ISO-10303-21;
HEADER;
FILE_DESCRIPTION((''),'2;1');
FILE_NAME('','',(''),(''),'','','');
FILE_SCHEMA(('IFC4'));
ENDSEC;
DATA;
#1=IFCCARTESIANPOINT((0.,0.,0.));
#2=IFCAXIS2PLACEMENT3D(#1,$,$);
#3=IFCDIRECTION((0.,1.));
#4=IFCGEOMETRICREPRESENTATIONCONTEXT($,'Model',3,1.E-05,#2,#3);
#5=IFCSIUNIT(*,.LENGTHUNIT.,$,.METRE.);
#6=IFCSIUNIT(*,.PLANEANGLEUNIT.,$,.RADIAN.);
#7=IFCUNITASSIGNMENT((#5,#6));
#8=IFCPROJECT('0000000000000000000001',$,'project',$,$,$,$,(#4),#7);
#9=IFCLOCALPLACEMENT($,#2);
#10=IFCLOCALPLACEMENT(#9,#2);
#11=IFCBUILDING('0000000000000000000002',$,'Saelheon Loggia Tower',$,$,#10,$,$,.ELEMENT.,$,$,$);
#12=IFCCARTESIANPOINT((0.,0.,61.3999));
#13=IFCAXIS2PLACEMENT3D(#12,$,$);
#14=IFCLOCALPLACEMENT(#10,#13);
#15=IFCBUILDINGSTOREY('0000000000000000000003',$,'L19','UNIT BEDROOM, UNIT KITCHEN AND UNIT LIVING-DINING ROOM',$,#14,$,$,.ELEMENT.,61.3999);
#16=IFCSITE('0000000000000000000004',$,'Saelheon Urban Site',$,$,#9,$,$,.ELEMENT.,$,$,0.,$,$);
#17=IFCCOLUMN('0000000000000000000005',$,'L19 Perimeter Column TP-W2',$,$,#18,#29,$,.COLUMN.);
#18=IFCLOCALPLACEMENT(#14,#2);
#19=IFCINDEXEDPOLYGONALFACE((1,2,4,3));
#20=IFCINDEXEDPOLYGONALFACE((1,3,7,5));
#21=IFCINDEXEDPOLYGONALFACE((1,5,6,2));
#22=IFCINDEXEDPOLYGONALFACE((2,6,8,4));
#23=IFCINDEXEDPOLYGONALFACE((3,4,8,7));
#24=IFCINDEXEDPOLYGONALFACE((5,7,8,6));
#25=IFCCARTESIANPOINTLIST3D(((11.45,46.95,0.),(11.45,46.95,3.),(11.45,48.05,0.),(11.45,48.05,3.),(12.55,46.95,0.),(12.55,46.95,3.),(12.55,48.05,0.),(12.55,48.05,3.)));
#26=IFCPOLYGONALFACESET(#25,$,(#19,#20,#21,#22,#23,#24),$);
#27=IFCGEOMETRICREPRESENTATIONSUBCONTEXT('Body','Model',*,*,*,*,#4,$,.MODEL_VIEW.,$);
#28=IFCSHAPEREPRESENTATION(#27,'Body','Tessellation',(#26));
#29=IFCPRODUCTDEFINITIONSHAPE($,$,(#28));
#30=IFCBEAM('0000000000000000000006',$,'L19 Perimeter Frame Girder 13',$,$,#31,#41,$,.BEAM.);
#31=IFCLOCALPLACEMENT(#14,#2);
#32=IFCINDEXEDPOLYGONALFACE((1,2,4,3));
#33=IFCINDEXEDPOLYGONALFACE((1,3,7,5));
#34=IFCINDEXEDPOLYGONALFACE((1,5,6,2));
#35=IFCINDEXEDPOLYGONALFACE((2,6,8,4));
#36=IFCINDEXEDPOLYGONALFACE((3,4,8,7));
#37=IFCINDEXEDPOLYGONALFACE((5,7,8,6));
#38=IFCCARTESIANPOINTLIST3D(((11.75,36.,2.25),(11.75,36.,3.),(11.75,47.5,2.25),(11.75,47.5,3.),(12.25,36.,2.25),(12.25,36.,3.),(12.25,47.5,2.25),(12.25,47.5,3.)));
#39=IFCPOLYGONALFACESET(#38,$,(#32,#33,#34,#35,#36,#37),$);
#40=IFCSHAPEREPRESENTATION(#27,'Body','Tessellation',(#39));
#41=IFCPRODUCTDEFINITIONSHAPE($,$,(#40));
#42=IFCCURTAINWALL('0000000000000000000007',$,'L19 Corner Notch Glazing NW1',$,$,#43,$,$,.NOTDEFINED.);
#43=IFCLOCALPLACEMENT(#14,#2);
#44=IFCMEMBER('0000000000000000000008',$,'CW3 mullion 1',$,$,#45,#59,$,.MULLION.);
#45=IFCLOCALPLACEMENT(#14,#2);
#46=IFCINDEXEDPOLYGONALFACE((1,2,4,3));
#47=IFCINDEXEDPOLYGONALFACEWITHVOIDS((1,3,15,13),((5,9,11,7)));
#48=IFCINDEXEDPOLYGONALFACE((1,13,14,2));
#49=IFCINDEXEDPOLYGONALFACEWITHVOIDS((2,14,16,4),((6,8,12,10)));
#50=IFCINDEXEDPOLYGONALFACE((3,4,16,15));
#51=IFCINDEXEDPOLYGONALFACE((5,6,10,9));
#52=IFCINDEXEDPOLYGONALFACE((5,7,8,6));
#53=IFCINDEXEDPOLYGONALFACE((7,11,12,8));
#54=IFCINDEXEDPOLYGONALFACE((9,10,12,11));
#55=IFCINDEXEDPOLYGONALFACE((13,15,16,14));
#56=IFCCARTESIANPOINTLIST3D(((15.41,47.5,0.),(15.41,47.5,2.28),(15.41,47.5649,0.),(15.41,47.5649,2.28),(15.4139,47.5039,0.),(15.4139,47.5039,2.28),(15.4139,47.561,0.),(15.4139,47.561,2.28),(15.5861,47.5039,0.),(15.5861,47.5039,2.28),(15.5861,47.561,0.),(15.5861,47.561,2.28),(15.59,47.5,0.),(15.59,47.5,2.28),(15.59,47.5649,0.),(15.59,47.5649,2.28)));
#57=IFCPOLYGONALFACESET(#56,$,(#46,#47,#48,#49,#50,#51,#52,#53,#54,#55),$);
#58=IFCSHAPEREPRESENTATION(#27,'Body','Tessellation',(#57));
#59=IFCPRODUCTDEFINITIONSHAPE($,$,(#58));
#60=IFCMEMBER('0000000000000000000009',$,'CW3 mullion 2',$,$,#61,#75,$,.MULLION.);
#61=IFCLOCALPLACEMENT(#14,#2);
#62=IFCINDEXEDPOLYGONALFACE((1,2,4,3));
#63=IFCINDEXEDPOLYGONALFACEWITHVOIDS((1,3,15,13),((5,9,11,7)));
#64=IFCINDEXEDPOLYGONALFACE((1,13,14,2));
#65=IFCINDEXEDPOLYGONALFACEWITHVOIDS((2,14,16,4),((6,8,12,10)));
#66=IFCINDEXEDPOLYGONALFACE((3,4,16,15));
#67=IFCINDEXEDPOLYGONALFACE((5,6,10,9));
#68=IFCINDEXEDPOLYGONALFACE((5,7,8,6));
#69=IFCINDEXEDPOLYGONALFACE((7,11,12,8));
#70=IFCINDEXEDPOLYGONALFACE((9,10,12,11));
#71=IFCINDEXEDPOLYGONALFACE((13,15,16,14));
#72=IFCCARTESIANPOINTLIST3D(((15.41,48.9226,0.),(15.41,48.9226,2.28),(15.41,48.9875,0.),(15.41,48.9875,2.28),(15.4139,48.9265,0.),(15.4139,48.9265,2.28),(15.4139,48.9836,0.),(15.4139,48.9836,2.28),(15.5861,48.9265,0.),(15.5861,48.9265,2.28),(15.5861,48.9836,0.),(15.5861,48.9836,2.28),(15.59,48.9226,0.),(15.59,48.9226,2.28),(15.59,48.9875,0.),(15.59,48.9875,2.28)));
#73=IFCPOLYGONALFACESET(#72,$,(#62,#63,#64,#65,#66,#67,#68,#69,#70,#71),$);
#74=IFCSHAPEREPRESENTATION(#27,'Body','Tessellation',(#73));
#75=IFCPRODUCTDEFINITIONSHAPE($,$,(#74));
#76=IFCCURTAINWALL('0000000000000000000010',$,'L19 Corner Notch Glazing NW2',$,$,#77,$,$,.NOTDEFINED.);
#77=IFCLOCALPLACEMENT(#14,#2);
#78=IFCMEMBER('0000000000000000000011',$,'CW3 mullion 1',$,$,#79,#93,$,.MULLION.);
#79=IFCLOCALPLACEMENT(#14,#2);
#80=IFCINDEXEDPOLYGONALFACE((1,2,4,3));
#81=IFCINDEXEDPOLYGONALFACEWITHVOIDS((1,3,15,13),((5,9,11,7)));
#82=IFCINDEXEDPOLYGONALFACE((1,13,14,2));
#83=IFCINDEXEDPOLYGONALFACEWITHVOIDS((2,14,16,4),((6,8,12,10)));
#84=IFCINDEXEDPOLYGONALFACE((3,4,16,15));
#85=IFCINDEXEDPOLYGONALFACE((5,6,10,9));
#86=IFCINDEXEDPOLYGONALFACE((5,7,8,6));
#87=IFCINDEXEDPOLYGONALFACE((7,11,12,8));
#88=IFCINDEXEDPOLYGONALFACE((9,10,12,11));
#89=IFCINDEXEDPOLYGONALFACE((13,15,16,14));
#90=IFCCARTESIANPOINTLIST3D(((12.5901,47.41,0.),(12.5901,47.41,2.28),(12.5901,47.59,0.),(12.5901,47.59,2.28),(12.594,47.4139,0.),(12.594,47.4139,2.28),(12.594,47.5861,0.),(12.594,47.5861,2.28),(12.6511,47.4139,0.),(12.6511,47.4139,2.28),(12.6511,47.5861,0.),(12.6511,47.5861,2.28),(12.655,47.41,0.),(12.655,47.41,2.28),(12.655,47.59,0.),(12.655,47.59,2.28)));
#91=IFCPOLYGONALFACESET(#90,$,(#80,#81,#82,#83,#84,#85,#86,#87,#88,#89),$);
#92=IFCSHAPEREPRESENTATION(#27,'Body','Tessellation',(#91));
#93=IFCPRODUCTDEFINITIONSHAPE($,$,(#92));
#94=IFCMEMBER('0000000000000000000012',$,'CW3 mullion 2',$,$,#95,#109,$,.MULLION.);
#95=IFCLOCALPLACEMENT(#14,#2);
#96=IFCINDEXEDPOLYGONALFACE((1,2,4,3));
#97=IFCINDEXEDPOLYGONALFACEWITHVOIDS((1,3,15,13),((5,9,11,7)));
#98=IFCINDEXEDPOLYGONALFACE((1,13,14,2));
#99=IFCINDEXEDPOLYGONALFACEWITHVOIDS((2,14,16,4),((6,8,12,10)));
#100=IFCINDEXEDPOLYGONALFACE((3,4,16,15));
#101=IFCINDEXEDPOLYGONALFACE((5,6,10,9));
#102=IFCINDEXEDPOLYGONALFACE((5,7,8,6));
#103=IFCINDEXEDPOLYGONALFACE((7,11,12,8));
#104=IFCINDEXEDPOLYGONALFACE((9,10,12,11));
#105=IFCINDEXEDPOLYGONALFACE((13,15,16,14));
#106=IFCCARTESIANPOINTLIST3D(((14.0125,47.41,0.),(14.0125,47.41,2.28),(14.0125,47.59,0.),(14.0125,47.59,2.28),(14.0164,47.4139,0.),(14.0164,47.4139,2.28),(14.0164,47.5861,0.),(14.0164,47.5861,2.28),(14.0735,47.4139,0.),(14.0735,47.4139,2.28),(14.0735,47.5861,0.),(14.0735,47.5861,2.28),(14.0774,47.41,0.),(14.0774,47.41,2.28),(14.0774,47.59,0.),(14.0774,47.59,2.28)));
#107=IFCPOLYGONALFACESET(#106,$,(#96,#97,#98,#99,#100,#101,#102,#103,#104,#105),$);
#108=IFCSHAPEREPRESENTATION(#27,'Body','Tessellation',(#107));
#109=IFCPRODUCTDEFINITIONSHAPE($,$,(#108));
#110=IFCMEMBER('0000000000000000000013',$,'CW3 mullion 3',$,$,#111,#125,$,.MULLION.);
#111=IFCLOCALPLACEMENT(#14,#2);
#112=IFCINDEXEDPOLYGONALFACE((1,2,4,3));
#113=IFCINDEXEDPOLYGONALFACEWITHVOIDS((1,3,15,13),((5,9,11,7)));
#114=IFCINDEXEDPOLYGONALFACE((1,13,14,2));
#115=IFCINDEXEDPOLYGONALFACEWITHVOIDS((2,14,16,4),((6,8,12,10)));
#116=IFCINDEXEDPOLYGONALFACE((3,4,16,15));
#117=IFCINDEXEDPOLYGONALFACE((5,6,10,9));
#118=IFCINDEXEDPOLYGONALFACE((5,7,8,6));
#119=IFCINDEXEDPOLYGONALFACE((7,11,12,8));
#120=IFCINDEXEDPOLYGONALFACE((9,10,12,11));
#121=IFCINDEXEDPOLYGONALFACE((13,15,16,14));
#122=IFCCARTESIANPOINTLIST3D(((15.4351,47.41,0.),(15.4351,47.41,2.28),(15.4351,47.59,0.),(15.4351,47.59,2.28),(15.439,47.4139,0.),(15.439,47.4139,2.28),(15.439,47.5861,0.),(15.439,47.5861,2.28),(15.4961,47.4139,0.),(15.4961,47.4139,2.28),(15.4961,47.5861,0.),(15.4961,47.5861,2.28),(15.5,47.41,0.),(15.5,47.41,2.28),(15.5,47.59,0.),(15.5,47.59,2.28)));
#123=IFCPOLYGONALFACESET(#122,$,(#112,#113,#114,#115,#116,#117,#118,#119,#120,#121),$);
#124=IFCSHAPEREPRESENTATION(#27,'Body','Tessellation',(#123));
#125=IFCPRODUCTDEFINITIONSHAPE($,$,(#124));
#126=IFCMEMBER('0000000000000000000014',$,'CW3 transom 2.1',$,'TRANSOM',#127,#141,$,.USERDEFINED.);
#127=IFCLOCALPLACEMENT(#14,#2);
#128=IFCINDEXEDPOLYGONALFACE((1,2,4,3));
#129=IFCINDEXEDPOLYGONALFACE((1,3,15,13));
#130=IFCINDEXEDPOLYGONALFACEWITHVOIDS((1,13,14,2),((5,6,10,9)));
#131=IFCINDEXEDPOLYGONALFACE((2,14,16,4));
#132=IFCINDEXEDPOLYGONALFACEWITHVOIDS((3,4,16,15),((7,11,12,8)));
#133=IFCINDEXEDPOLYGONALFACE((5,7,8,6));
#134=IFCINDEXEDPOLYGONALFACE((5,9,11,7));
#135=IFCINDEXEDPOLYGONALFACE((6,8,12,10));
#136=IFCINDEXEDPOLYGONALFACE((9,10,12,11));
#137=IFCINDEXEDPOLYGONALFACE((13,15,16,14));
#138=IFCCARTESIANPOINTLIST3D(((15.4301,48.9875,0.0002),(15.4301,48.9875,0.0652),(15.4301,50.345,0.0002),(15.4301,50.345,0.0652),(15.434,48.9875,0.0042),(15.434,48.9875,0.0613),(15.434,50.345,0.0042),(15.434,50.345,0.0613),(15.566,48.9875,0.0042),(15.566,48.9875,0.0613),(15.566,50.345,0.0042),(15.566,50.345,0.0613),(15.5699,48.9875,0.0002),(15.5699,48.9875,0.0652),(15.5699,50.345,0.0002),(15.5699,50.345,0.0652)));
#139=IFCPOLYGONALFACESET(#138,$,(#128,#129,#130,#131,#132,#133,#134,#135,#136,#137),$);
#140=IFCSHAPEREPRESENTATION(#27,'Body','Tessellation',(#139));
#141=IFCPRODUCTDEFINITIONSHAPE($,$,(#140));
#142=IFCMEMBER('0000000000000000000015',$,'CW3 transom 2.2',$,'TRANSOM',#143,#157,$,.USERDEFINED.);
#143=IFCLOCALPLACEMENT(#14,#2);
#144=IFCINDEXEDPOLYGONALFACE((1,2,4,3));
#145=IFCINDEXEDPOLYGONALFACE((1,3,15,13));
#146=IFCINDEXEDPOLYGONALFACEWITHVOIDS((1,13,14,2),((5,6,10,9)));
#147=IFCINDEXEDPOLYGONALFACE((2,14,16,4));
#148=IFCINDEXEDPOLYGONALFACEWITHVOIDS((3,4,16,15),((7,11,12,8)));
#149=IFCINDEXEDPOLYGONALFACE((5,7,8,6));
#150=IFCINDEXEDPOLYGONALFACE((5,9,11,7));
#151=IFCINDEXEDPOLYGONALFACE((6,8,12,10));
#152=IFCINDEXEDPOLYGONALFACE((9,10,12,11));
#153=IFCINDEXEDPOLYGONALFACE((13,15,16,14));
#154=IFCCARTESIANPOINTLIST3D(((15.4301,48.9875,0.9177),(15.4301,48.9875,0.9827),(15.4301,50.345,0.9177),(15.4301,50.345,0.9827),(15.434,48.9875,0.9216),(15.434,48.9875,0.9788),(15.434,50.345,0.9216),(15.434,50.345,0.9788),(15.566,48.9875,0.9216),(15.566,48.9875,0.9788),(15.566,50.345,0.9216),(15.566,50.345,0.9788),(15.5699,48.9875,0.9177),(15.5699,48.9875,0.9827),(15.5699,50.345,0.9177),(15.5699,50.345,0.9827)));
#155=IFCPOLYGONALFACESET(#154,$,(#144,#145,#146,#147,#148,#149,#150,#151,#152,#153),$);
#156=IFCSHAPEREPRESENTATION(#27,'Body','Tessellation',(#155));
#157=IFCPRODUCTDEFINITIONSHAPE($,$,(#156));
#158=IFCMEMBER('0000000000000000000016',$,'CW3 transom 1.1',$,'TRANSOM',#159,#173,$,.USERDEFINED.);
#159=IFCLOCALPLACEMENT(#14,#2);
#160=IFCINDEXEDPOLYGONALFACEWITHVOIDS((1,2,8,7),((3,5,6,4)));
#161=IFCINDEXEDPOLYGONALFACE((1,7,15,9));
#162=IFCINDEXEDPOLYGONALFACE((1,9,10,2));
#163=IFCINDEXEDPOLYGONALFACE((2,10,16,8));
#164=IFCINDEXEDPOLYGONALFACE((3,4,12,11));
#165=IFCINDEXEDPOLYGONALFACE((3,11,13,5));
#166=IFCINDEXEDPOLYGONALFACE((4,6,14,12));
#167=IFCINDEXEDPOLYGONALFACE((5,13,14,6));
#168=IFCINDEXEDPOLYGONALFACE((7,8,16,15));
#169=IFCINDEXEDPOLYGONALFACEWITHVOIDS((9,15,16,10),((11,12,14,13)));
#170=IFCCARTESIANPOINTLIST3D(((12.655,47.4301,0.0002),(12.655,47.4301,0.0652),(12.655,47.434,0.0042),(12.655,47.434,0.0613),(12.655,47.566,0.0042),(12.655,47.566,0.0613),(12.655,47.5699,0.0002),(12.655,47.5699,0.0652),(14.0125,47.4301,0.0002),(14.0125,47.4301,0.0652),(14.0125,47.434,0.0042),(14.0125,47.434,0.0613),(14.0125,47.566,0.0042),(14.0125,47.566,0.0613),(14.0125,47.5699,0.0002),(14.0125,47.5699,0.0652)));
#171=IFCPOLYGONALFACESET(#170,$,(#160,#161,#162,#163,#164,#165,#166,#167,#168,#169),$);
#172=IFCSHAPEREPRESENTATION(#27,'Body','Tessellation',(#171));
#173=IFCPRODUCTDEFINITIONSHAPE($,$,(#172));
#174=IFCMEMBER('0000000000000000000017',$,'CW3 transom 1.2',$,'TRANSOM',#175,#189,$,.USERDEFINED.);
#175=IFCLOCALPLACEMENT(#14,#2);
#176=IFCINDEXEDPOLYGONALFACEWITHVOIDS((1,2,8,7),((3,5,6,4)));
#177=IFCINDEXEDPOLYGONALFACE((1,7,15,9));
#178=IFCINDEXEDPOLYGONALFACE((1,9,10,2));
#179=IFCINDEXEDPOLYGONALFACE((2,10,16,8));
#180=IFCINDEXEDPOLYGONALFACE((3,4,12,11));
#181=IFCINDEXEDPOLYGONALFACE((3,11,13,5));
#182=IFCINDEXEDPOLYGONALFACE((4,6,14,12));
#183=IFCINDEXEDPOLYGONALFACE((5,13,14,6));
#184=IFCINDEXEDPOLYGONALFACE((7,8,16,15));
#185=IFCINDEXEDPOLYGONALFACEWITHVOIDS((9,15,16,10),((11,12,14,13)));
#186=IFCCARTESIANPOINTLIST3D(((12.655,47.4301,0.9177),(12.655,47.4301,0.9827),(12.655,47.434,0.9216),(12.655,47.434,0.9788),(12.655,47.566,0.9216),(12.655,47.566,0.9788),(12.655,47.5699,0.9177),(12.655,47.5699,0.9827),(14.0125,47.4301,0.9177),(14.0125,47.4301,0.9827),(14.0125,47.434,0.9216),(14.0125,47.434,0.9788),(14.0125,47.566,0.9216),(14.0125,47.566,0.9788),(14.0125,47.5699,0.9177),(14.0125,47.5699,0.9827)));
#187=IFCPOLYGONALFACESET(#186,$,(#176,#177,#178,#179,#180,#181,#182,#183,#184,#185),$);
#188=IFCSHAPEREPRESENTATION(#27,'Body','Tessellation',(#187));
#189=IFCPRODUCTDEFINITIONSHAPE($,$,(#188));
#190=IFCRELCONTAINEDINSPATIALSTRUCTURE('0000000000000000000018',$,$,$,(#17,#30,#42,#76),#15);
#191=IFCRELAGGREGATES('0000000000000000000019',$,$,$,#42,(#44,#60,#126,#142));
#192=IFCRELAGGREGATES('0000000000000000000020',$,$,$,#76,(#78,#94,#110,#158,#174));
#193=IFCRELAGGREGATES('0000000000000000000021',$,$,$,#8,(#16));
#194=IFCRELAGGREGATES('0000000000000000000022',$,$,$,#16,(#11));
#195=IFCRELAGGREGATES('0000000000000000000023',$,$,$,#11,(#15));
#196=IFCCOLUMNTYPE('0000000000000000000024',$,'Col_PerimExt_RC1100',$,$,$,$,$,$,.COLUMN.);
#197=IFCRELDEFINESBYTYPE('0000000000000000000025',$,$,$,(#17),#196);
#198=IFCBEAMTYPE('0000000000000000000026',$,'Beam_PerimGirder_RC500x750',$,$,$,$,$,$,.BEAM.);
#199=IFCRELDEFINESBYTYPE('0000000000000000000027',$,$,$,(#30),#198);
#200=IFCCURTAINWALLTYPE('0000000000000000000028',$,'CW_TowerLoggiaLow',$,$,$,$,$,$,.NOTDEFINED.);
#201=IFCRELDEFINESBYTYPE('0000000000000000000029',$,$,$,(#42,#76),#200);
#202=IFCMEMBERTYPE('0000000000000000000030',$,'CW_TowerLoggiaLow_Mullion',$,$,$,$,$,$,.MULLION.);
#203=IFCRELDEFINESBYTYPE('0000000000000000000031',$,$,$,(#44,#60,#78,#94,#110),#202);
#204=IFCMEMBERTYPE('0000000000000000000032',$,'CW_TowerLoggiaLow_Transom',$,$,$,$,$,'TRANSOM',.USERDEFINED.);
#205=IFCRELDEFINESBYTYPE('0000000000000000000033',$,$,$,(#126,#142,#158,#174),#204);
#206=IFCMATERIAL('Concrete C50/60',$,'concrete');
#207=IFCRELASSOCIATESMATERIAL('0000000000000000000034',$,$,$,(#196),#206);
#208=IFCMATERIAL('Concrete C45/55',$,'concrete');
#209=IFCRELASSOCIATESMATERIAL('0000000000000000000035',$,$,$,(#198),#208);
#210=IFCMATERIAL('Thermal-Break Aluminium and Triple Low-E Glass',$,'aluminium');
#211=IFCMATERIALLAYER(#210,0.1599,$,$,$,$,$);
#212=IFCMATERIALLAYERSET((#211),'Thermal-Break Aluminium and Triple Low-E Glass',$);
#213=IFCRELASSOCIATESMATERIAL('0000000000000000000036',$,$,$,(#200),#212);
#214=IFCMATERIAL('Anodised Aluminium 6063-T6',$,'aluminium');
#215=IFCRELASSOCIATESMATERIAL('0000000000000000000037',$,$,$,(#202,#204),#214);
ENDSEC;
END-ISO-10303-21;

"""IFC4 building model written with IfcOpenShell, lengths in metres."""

from ifc_helpers import new_model, si_unit, direction, frame, origin, origin_2d, place, context, subcontext, project, spatial, rectangle, hollow_rectangle, extrude, source, transform, mapped, material, layer, layer_set, material_profile, profile_set, type_object, element, aggregate, save


model = new_model("IFC4")

# Units and contexts
model_context = context("Model", 3, precision=1e-05, world=origin(), true_north=direction((0.0, 1.0)))
body_context = subcontext(model_context, "Body", "Model", "MODEL_VIEW")
ifc_project = project(units=[si_unit("LENGTHUNIT", "METRE"), si_unit("PLANEANGLEUNIT", "RADIAN")], contexts=[model_context])

# Site, building, storey
site_placement = place(None, origin())
site = spatial("IfcSite", under=ifc_project, at=site_placement, Name="Saelheon Urban Site", CompositionType="ELEMENT", RefElevation=0.0)
building_placement = place(site_placement, origin())
building = spatial("IfcBuilding", under=site, at=building_placement, Name="Saelheon Loggia Tower", CompositionType="ELEMENT")
storey_placement = place(building_placement, frame((0.0, 0.0, 61.3999)))
storey = spatial("IfcBuildingStorey", under=building, at=storey_placement, Name="L19", Description="UNIT BEDROOM, UNIT KITCHEN AND UNIT LIVING-DINING ROOM", CompositionType="ELEMENT", Elevation=61.3999)

# Column
ifc_material_1 = material(Name="Concrete C50/60", Category="concrete")
ifc_material_profile_1 = material_profile(ifc_material_1, rectangle(XDim=1.1001, YDim=1.1001, at=origin_2d()), Name="RC-1100x1100")
ifc_profile_set_1 = profile_set([ifc_material_profile_1], Name="Concrete C50/60")
column_type = type_object("IfcColumnType", Name="Col_PerimExt_RC1100", PredefinedType="COLUMN", material=ifc_profile_set_1)
shared_shape_1 = source(origin(), body_context, "Body", "SweptSolid", [
    extrude(rectangle(XDim=1.1001, YDim=1.1001, at=origin_2d()), origin(), (0.0, 0.0, 1.0), 3.0),
])
column_placement = place(storey_placement, frame((12.0, 47.5, 0.0), z_axis=(0.0, 0.0, 1.0), x_axis=(1.0, 0.0, 0.0)))
element("IfcColumn", 1, at=column_placement, inside=storey, type_object=column_type, Name="L19 Perimeter Column TP-W2", PredefinedType="COLUMN", context=body_context, shape_type="MappedRepresentation", body=[
    mapped(shared_shape_1, transform((0.0, 0.0, 0.0), scale=1.0)),
])

# Beam
ifc_material_2 = material(Name="Concrete C45/55", Category="concrete")
ifc_material_profile_2 = material_profile(ifc_material_2, rectangle(XDim=0.5, YDim=0.75, at=origin_2d()), Name="RC-500x750")
ifc_profile_set_2 = profile_set([ifc_material_profile_2], Name="Concrete C45/55")
beam_type = type_object("IfcBeamType", Name="Beam_PerimGirder_RC500x750", PredefinedType="BEAM", material=ifc_profile_set_2)
shared_shape_2 = source(origin(), body_context, "Body", "SweptSolid", [
    extrude(rectangle(XDim=0.5, YDim=0.75, at=origin_2d()), origin(), (0.0, 0.0, 1.0), 11.5),
])
beam_placement = place(storey_placement, frame((12.0, 47.5, 2.625), z_axis=(0.0, -1.0, 0.0), x_axis=(1.0, 0.0, 0.0)))
element("IfcBeam", 2, at=beam_placement, inside=storey, type_object=beam_type, Name="L19 Perimeter Frame Girder 13", PredefinedType="BEAM", context=body_context, shape_type="MappedRepresentation", body=[
    mapped(shared_shape_2, transform((0.0, 0.0, 0.0), scale=1.0)),
])

# Curtain walls, members
ifc_material_3 = material(Name="Thermal-Break Aluminium and Triple Low-E Glass", Category="aluminium")
ifc_layer_1 = layer(ifc_material_3, 0.1599)
ifc_layer_set_1 = layer_set([ifc_layer_1], Name="Thermal-Break Aluminium and Triple Low-E Glass")
curtain_wall_type = type_object("IfcCurtainWallType", Name="CW_TowerLoggiaLow", PredefinedType="NOTDEFINED", material=ifc_layer_set_1)
curtain_wall_1_placement = place(storey_placement, origin())
curtain_wall_1 = element("IfcCurtainWall", 3, at=curtain_wall_1_placement, inside=storey, type_object=curtain_wall_type, Name="L19 Corner Notch Glazing NW1", PredefinedType="NOTDEFINED")
ifc_material_4 = material(Name="Anodised Aluminium 6063-T6", Category="aluminium")
ifc_material_profile_3 = material_profile(ifc_material_4, hollow_rectangle(XDim=0.0649, YDim=0.1799, WallThickness=0.0039, at=origin_2d()), Name="RHS-180x65x4")
ifc_profile_set_3 = profile_set([ifc_material_profile_3], Name="Anodised Aluminium 6063-T6")
member_type_1 = type_object("IfcMemberType", Name="CW_TowerLoggiaLow_Mullion", PredefinedType="MULLION", material=ifc_profile_set_3)
shared_shape_3 = source(origin(), body_context, "Body", "SweptSolid", [
    extrude(hollow_rectangle(XDim=0.0649, YDim=0.1799, WallThickness=0.0039, at=origin_2d()), origin(), (0.0, 0.0, 1.0), 2.28),
])
member_1_placement = place(storey_placement, frame((15.5, 47.5325, 0.0), z_axis=(0.0, 0.0, 1.0), x_axis=(0.0, 1.0, 0.0)))
member_1 = element("IfcMember", 4, at=member_1_placement, type_object=member_type_1, Name="CW3 mullion 1", PredefinedType="MULLION", context=body_context, shape_type="MappedRepresentation", body=[
    mapped(shared_shape_3, transform((0.0, 0.0, 0.0), scale=1.0)),
])
member_2_placement = place(storey_placement, frame((15.5, 48.9551, 0.0), z_axis=(0.0, 0.0, 1.0), x_axis=(0.0, 1.0, 0.0)))
member_2 = element("IfcMember", 5, at=member_2_placement, type_object=member_type_1, Name="CW3 mullion 2", PredefinedType="MULLION", context=body_context, shape_type="MappedRepresentation", body=[
    mapped(shared_shape_3, transform((0.0, 0.0, 0.0), scale=1.0)),
])
curtain_wall_2_placement = place(storey_placement, origin())
curtain_wall_2 = element("IfcCurtainWall", 6, at=curtain_wall_2_placement, inside=storey, type_object=curtain_wall_type, Name="L19 Corner Notch Glazing NW2", PredefinedType="NOTDEFINED")
member_3_placement = place(storey_placement, frame((12.6226, 47.5, 0.0), z_axis=(0.0, 0.0, 1.0), x_axis=(1.0, 0.0, 0.0)))
member_3 = element("IfcMember", 7, at=member_3_placement, type_object=member_type_1, Name="CW3 mullion 1", PredefinedType="MULLION", context=body_context, shape_type="MappedRepresentation", body=[
    mapped(shared_shape_3, transform((0.0, 0.0, 0.0), scale=1.0)),
])
member_4_placement = place(storey_placement, frame((14.0449, 47.5, 0.0), z_axis=(0.0, 0.0, 1.0), x_axis=(1.0, 0.0, 0.0)))
member_4 = element("IfcMember", 8, at=member_4_placement, type_object=member_type_1, Name="CW3 mullion 2", PredefinedType="MULLION", context=body_context, shape_type="MappedRepresentation", body=[
    mapped(shared_shape_3, transform((0.0, 0.0, 0.0), scale=1.0)),
])
member_5_placement = place(storey_placement, frame((15.4675, 47.5, 0.0), z_axis=(0.0, 0.0, 1.0), x_axis=(1.0, 0.0, 0.0)))
member_5 = element("IfcMember", 9, at=member_5_placement, type_object=member_type_1, Name="CW3 mullion 3", PredefinedType="MULLION", context=body_context, shape_type="MappedRepresentation", body=[
    mapped(shared_shape_3, transform((0.0, 0.0, 0.0), scale=1.0)),
])

# Members
ifc_material_profile_4 = material_profile(ifc_material_4, hollow_rectangle(XDim=0.0649, YDim=0.1399, WallThickness=0.0039, at=origin_2d()), Name="RHS-140x65x4")
ifc_profile_set_4 = profile_set([ifc_material_profile_4], Name="Anodised Aluminium 6063-T6")
member_type_2 = type_object("IfcMemberType", Name="CW_TowerLoggiaLow_Transom", ElementType="TRANSOM", PredefinedType="USERDEFINED", material=ifc_profile_set_4)
shared_shape_4 = source(origin(), body_context, "Body", "SweptSolid", [
    extrude(hollow_rectangle(XDim=0.0649, YDim=0.1399, WallThickness=0.0039, at=origin_2d()), origin(), (0.0, 0.0, 1.0), 1.3574),
])
member_6_placement = place(storey_placement, frame((15.5, 48.9875, 0.0327), z_axis=(0.0, 1.0, 0.0), x_axis=(0.0, 0.0, 1.0)))
member_6 = element("IfcMember", 10, at=member_6_placement, type_object=member_type_2, Name="CW3 transom 2.1", ObjectType="TRANSOM", PredefinedType="USERDEFINED", context=body_context, shape_type="MappedRepresentation", body=[
    mapped(shared_shape_4, transform((0.0, 0.0, 0.0), scale=1.0)),
])
member_7_placement = place(storey_placement, frame((15.5, 48.9875, 0.9502), z_axis=(0.0, 1.0, 0.0), x_axis=(0.0, 0.0, 1.0)))
member_7 = element("IfcMember", 11, at=member_7_placement, type_object=member_type_2, Name="CW3 transom 2.2", ObjectType="TRANSOM", PredefinedType="USERDEFINED", context=body_context, shape_type="MappedRepresentation", body=[
    mapped(shared_shape_4, transform((0.0, 0.0, 0.0), scale=1.0)),
])
member_8_placement = place(storey_placement, frame((12.655, 47.5, 0.0327), z_axis=(1.0, 0.0, 0.0), x_axis=(0.0, 0.0, 1.0)))
member_8 = element("IfcMember", 12, at=member_8_placement, type_object=member_type_2, Name="CW3 transom 1.1", ObjectType="TRANSOM", PredefinedType="USERDEFINED", context=body_context, shape_type="MappedRepresentation", body=[
    mapped(shared_shape_4, transform((0.0, 0.0, 0.0), scale=1.0)),
])
member_9_placement = place(storey_placement, frame((12.655, 47.5, 0.9502), z_axis=(1.0, 0.0, 0.0), x_axis=(0.0, 0.0, 1.0)))
member_9 = element("IfcMember", 13, at=member_9_placement, type_object=member_type_2, Name="CW3 transom 1.2", ObjectType="TRANSOM", PredefinedType="USERDEFINED", context=body_context, shape_type="MappedRepresentation", body=[
    mapped(shared_shape_4, transform((0.0, 0.0, 0.0), scale=1.0)),
])

aggregate(curtain_wall_1, [member_1, member_2, member_6, member_7])
aggregate(curtain_wall_2, [member_3, member_4, member_5, member_8, member_9])

save(model, "model.ifc")
